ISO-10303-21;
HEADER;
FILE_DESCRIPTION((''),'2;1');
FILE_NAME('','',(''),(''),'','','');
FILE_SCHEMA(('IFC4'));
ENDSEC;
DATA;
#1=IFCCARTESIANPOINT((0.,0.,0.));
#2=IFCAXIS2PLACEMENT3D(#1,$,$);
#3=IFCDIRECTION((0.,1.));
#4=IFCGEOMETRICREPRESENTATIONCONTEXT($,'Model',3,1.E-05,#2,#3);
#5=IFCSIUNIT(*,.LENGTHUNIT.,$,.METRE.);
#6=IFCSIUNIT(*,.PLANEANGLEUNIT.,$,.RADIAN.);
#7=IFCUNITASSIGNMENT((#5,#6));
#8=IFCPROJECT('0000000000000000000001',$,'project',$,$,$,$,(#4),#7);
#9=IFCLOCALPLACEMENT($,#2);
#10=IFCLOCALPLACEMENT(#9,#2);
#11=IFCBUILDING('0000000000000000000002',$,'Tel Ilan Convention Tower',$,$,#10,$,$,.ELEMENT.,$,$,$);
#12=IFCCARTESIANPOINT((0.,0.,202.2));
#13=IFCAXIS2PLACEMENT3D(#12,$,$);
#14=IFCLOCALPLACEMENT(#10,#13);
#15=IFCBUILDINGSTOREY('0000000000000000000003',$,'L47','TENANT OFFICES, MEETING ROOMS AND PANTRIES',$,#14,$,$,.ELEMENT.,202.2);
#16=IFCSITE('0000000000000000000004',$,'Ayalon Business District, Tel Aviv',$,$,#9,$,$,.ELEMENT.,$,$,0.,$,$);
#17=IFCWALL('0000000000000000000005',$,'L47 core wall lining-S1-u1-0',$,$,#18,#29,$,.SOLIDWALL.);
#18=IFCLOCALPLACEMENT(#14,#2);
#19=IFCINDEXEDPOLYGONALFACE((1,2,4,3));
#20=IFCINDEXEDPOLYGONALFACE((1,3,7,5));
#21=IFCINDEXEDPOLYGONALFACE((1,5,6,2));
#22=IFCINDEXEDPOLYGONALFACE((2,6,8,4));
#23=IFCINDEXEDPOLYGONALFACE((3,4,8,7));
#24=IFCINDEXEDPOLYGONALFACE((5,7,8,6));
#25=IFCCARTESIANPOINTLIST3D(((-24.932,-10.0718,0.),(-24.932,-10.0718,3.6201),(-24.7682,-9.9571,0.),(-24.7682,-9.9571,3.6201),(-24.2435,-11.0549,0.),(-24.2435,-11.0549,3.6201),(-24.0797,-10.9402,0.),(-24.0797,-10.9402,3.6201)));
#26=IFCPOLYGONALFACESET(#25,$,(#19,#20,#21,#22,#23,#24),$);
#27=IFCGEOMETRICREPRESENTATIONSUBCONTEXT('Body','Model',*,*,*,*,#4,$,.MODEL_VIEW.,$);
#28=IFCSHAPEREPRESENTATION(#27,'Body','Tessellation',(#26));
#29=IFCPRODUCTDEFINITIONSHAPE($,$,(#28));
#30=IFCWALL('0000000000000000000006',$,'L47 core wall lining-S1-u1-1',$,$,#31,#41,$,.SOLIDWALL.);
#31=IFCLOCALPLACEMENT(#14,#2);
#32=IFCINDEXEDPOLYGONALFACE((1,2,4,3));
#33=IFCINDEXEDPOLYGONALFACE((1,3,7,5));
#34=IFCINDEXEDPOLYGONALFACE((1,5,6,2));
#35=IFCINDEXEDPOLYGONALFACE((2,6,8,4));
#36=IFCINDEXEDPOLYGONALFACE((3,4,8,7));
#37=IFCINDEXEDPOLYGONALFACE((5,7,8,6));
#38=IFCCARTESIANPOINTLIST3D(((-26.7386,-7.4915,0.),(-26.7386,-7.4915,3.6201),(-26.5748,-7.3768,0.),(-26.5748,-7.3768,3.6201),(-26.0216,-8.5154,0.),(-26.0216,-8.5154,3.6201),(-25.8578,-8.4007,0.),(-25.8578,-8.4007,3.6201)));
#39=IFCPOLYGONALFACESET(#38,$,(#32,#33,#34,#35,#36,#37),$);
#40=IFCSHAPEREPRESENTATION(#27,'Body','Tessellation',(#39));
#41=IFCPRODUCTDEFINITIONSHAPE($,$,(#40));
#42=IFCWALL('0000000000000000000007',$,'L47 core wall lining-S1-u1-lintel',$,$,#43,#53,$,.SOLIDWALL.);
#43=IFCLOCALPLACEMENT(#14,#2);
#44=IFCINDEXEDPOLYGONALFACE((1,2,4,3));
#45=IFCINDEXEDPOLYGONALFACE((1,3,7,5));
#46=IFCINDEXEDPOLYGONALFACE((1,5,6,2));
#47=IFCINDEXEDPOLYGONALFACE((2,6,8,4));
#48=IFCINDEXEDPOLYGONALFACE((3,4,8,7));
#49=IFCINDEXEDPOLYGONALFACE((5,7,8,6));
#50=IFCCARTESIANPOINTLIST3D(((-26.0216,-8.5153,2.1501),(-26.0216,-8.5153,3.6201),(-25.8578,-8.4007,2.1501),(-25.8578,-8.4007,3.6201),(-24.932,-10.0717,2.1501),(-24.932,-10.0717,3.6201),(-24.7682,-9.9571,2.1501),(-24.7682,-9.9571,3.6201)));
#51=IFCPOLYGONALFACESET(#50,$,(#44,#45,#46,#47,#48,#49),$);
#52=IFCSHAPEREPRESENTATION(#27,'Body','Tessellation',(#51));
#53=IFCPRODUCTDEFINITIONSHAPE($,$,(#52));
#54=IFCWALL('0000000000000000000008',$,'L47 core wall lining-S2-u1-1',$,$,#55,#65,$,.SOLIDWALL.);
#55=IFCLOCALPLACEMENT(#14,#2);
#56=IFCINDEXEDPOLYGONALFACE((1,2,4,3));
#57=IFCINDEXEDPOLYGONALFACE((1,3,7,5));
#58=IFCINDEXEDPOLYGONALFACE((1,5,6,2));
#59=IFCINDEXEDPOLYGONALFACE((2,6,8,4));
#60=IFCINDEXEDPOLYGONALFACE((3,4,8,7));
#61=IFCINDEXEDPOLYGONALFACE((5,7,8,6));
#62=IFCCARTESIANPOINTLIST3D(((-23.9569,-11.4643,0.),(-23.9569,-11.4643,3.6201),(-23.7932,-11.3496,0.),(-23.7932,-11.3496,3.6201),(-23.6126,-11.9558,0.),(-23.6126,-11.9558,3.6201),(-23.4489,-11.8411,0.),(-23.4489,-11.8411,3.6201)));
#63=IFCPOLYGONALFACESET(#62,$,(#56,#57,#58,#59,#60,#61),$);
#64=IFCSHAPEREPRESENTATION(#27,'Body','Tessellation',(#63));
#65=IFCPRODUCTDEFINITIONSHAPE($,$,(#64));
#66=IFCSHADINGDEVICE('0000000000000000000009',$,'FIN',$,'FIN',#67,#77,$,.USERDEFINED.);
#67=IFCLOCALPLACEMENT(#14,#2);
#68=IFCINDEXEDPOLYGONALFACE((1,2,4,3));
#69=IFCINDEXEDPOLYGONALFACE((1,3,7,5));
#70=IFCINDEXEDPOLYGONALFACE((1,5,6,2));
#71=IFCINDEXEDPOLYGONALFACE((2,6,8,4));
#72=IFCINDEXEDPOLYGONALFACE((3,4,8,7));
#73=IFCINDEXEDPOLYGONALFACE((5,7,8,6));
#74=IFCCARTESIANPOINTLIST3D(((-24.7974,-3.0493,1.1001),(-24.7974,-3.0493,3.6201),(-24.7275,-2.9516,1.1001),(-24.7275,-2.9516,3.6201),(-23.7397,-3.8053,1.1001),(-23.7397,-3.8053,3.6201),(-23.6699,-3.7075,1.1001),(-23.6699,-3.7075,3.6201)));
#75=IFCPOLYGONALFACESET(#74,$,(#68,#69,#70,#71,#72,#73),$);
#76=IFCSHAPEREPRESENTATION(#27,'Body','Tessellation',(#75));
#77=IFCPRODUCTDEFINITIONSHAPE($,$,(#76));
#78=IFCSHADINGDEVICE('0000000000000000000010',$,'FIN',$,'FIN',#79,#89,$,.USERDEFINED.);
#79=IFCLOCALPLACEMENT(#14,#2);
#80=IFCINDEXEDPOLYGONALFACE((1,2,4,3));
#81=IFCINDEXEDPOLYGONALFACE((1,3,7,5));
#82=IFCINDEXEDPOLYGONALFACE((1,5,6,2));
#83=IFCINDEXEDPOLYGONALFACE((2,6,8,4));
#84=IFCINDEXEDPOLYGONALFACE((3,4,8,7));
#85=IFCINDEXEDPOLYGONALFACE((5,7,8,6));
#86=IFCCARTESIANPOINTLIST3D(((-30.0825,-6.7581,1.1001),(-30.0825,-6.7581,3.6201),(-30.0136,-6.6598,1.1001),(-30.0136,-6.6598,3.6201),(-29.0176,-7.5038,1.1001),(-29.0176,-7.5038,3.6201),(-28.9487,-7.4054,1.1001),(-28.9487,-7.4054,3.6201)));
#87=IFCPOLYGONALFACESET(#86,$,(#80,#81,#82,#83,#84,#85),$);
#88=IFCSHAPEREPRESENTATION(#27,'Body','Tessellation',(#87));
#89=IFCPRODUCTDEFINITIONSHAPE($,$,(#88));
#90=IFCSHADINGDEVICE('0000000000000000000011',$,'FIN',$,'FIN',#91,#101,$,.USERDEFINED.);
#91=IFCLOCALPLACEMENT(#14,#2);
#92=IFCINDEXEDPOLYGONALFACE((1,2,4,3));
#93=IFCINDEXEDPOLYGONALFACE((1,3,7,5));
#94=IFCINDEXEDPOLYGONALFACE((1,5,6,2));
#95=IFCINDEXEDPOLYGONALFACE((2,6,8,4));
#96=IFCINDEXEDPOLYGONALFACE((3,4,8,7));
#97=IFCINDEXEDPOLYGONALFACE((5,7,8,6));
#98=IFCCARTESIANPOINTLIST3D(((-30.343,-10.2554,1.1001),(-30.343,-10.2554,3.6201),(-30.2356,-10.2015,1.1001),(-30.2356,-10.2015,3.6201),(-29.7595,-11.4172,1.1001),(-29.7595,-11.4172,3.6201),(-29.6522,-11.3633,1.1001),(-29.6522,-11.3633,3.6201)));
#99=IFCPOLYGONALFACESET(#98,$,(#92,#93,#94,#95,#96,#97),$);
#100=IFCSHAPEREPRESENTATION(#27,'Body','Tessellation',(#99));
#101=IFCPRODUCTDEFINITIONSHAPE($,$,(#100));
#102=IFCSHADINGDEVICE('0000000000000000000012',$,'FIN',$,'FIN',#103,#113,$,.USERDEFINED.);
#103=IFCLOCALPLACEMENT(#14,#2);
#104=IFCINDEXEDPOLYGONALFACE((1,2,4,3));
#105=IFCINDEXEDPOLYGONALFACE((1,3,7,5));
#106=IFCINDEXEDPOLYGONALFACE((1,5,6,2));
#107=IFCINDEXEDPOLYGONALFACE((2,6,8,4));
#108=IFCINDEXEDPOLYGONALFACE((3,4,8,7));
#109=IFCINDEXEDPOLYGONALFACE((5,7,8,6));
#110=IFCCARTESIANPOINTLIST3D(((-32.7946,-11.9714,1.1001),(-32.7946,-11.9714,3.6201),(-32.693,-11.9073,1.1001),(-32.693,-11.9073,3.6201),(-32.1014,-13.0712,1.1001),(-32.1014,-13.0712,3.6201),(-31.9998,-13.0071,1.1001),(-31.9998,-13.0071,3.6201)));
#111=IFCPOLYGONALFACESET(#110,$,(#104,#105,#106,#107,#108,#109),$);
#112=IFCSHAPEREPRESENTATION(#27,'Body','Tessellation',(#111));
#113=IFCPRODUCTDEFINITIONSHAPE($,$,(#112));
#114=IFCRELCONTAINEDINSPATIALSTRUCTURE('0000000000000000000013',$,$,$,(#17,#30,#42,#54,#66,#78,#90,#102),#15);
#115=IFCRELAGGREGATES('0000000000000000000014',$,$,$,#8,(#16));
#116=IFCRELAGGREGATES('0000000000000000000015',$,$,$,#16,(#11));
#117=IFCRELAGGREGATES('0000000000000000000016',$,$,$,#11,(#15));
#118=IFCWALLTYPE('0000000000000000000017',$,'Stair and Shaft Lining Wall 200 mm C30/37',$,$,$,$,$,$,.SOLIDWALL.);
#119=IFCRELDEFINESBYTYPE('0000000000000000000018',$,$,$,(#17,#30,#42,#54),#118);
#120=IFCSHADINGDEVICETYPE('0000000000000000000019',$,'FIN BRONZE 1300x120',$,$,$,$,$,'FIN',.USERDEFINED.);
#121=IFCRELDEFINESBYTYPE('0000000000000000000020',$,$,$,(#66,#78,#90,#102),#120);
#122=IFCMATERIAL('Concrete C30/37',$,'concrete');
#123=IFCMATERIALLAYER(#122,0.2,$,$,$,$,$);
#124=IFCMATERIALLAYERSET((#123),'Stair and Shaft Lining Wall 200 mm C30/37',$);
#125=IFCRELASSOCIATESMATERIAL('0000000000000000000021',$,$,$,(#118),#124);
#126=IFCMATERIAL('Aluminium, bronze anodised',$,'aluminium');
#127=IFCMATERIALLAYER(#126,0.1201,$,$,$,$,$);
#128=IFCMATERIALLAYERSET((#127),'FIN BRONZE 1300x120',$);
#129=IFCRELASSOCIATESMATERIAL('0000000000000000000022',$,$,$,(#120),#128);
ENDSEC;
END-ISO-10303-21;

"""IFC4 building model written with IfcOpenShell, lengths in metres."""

from ifc_helpers import new_model, si_unit, direction, frame, frame_2d, origin, origin_2d, place, context, subcontext, project, spatial, rectangle, extrude, material, layer, layer_set, type_object, element, save


model = new_model("IFC4")

# Units and contexts
model_context = context("Model", 3, precision=1e-05, world=origin(), true_north=direction((0.0, 1.0)))
body_context = subcontext(model_context, "Body", "Model", "MODEL_VIEW")
ifc_project = project(units=[si_unit("LENGTHUNIT", "METRE"), si_unit("PLANEANGLEUNIT", "RADIAN")], contexts=[model_context])

# Site, building, storey
site_placement = place(None, origin())
site = spatial("IfcSite", under=ifc_project, at=site_placement, Name="Ayalon Business District, Tel Aviv", CompositionType="ELEMENT", RefElevation=0.0)
building_placement = place(site_placement, origin())
building = spatial("IfcBuilding", under=site, at=building_placement, Name="Tel Ilan Convention Tower", CompositionType="ELEMENT")
storey_placement = place(building_placement, frame((0.0, 0.0, 202.2)))
storey = spatial("IfcBuildingStorey", under=building, at=storey_placement, Name="L47", Description="TENANT OFFICES, MEETING ROOMS AND PANTRIES", CompositionType="ELEMENT", Elevation=202.2)

# Walls
ifc_material_1 = material(Name="Concrete C30/37", Category="concrete")
ifc_layer_1 = layer(ifc_material_1, 0.2)
ifc_layer_set_1 = layer_set([ifc_layer_1], Name="Stair and Shaft Lining Wall 200 mm C30/37")
wall_type_1 = type_object("IfcWallType", Name="Stair and Shaft Lining Wall 200 mm C30/37", PredefinedType="SOLIDWALL", material=ifc_layer_set_1)
wall_1_placement = place(storey_placement, frame((-24.1616, -10.9976, 0.0), z_axis=(0.0, 0.0, 1.0), x_axis=(-0.573613, 0.819127, 0.0)))
element("IfcWall", 1, at=wall_1_placement, inside=storey, type_object=wall_type_1, Name="L47 core wall lining-S1-u1-0", PredefinedType="SOLIDWALL", context=body_context, shape_type="SweptSolid", body=[
    extrude(rectangle(XDim=1.2002, YDim=0.2, at=frame_2d((0.6001, 0.0))), origin(), (0.0, 0.0, 1.0), 3.6201),
])
wall_2_placement = place(storey_placement, frame((-25.9397, -8.458, 0.0), z_axis=(0.0, 0.0, 1.0), x_axis=(-0.57362, 0.819122, 0.0)))
element("IfcWall", 2, at=wall_2_placement, inside=storey, type_object=wall_type_1, Name="L47 core wall lining-S1-u1-1", PredefinedType="SOLIDWALL", context=body_context, shape_type="SweptSolid", body=[
    extrude(rectangle(XDim=1.25, YDim=0.2, at=frame_2d((0.625, 0.0))), origin(), (0.0, 0.0, 1.0), 3.6201),
])
wall_3_placement = place(storey_placement, frame((-24.8501, -10.0144, 2.1501), z_axis=(0.0, 0.0, 1.0), x_axis=(-0.573505, 0.819202, 0.0)))
element("IfcWall", 3, at=wall_3_placement, inside=storey, type_object=wall_type_1, Name="L47 core wall lining-S1-u1-lintel", PredefinedType="SOLIDWALL", context=body_context, shape_type="SweptSolid", body=[
    extrude(rectangle(XDim=1.8999, YDim=0.2, at=frame_2d((0.95, 0.0))), origin(), (0.0, 0.0, 1.0), 1.47),
])
wall_4_placement = place(storey_placement, frame((-23.5308, -11.8984, 0.0), z_axis=(0.0, 0.0, 1.0), x_axis=(-0.573708, 0.81906, 0.0)))
element("IfcWall", 4, at=wall_4_placement, inside=storey, type_object=wall_type_1, Name="L47 core wall lining-S2-u1-1", PredefinedType="SOLIDWALL", context=body_context, shape_type="SweptSolid", body=[
    extrude(rectangle(XDim=0.6001, YDim=0.2, at=frame_2d((0.3, 0.0))), origin(), (0.0, 0.0, 1.0), 3.6201),
])

# Shading devices
ifc_material_2 = material(Name="Aluminium, bronze anodised", Category="aluminium")
ifc_layer_2 = layer(ifc_material_2, 0.1201)
ifc_layer_set_2 = layer_set([ifc_layer_2], Name="FIN BRONZE 1300x120")
shading_device_type = type_object("IfcShadingDeviceType", Name="FIN BRONZE 1300x120", ElementType="FIN", PredefinedType="USERDEFINED", material=ifc_layer_set_2)
for number, where, z_axis, x_axis, name in (
    (5, (-24.2336, -3.3784, 1.1001), (0.0, 0.0, 1.0), (-0.813552, 0.581492, 0.0), "FIN"),
    (6, (-29.5156, -7.0818, 1.1001), (0.0, 0.0, 1.0), (-0.819152, 0.573576, 0.0), "FIN"),
    (7, (-29.9976, -10.8093, 1.1001), (0.0, 0.0, 1.0), (-0.448799, 0.893633, 0.0), "FIN"),
    (8, (-32.3972, -12.4893, 1.1001), (0.0, 0.0, 1.0), (-0.533204, 0.845986, 0.0), "FIN"),
):
    element("IfcShadingDevice", number, at=place(storey_placement, frame(where, z_axis=z_axis, x_axis=x_axis)), inside=storey, type_object=shading_device_type, Name=name, ObjectType="FIN", PredefinedType="USERDEFINED", context=body_context, shape_type="SweptSolid", body=[
        extrude(rectangle(XDim=1.3, YDim=0.1201, at=origin_2d()), origin(), (0.0, 0.0, 1.0), 2.52),
    ])

save(model, "model.ifc")
